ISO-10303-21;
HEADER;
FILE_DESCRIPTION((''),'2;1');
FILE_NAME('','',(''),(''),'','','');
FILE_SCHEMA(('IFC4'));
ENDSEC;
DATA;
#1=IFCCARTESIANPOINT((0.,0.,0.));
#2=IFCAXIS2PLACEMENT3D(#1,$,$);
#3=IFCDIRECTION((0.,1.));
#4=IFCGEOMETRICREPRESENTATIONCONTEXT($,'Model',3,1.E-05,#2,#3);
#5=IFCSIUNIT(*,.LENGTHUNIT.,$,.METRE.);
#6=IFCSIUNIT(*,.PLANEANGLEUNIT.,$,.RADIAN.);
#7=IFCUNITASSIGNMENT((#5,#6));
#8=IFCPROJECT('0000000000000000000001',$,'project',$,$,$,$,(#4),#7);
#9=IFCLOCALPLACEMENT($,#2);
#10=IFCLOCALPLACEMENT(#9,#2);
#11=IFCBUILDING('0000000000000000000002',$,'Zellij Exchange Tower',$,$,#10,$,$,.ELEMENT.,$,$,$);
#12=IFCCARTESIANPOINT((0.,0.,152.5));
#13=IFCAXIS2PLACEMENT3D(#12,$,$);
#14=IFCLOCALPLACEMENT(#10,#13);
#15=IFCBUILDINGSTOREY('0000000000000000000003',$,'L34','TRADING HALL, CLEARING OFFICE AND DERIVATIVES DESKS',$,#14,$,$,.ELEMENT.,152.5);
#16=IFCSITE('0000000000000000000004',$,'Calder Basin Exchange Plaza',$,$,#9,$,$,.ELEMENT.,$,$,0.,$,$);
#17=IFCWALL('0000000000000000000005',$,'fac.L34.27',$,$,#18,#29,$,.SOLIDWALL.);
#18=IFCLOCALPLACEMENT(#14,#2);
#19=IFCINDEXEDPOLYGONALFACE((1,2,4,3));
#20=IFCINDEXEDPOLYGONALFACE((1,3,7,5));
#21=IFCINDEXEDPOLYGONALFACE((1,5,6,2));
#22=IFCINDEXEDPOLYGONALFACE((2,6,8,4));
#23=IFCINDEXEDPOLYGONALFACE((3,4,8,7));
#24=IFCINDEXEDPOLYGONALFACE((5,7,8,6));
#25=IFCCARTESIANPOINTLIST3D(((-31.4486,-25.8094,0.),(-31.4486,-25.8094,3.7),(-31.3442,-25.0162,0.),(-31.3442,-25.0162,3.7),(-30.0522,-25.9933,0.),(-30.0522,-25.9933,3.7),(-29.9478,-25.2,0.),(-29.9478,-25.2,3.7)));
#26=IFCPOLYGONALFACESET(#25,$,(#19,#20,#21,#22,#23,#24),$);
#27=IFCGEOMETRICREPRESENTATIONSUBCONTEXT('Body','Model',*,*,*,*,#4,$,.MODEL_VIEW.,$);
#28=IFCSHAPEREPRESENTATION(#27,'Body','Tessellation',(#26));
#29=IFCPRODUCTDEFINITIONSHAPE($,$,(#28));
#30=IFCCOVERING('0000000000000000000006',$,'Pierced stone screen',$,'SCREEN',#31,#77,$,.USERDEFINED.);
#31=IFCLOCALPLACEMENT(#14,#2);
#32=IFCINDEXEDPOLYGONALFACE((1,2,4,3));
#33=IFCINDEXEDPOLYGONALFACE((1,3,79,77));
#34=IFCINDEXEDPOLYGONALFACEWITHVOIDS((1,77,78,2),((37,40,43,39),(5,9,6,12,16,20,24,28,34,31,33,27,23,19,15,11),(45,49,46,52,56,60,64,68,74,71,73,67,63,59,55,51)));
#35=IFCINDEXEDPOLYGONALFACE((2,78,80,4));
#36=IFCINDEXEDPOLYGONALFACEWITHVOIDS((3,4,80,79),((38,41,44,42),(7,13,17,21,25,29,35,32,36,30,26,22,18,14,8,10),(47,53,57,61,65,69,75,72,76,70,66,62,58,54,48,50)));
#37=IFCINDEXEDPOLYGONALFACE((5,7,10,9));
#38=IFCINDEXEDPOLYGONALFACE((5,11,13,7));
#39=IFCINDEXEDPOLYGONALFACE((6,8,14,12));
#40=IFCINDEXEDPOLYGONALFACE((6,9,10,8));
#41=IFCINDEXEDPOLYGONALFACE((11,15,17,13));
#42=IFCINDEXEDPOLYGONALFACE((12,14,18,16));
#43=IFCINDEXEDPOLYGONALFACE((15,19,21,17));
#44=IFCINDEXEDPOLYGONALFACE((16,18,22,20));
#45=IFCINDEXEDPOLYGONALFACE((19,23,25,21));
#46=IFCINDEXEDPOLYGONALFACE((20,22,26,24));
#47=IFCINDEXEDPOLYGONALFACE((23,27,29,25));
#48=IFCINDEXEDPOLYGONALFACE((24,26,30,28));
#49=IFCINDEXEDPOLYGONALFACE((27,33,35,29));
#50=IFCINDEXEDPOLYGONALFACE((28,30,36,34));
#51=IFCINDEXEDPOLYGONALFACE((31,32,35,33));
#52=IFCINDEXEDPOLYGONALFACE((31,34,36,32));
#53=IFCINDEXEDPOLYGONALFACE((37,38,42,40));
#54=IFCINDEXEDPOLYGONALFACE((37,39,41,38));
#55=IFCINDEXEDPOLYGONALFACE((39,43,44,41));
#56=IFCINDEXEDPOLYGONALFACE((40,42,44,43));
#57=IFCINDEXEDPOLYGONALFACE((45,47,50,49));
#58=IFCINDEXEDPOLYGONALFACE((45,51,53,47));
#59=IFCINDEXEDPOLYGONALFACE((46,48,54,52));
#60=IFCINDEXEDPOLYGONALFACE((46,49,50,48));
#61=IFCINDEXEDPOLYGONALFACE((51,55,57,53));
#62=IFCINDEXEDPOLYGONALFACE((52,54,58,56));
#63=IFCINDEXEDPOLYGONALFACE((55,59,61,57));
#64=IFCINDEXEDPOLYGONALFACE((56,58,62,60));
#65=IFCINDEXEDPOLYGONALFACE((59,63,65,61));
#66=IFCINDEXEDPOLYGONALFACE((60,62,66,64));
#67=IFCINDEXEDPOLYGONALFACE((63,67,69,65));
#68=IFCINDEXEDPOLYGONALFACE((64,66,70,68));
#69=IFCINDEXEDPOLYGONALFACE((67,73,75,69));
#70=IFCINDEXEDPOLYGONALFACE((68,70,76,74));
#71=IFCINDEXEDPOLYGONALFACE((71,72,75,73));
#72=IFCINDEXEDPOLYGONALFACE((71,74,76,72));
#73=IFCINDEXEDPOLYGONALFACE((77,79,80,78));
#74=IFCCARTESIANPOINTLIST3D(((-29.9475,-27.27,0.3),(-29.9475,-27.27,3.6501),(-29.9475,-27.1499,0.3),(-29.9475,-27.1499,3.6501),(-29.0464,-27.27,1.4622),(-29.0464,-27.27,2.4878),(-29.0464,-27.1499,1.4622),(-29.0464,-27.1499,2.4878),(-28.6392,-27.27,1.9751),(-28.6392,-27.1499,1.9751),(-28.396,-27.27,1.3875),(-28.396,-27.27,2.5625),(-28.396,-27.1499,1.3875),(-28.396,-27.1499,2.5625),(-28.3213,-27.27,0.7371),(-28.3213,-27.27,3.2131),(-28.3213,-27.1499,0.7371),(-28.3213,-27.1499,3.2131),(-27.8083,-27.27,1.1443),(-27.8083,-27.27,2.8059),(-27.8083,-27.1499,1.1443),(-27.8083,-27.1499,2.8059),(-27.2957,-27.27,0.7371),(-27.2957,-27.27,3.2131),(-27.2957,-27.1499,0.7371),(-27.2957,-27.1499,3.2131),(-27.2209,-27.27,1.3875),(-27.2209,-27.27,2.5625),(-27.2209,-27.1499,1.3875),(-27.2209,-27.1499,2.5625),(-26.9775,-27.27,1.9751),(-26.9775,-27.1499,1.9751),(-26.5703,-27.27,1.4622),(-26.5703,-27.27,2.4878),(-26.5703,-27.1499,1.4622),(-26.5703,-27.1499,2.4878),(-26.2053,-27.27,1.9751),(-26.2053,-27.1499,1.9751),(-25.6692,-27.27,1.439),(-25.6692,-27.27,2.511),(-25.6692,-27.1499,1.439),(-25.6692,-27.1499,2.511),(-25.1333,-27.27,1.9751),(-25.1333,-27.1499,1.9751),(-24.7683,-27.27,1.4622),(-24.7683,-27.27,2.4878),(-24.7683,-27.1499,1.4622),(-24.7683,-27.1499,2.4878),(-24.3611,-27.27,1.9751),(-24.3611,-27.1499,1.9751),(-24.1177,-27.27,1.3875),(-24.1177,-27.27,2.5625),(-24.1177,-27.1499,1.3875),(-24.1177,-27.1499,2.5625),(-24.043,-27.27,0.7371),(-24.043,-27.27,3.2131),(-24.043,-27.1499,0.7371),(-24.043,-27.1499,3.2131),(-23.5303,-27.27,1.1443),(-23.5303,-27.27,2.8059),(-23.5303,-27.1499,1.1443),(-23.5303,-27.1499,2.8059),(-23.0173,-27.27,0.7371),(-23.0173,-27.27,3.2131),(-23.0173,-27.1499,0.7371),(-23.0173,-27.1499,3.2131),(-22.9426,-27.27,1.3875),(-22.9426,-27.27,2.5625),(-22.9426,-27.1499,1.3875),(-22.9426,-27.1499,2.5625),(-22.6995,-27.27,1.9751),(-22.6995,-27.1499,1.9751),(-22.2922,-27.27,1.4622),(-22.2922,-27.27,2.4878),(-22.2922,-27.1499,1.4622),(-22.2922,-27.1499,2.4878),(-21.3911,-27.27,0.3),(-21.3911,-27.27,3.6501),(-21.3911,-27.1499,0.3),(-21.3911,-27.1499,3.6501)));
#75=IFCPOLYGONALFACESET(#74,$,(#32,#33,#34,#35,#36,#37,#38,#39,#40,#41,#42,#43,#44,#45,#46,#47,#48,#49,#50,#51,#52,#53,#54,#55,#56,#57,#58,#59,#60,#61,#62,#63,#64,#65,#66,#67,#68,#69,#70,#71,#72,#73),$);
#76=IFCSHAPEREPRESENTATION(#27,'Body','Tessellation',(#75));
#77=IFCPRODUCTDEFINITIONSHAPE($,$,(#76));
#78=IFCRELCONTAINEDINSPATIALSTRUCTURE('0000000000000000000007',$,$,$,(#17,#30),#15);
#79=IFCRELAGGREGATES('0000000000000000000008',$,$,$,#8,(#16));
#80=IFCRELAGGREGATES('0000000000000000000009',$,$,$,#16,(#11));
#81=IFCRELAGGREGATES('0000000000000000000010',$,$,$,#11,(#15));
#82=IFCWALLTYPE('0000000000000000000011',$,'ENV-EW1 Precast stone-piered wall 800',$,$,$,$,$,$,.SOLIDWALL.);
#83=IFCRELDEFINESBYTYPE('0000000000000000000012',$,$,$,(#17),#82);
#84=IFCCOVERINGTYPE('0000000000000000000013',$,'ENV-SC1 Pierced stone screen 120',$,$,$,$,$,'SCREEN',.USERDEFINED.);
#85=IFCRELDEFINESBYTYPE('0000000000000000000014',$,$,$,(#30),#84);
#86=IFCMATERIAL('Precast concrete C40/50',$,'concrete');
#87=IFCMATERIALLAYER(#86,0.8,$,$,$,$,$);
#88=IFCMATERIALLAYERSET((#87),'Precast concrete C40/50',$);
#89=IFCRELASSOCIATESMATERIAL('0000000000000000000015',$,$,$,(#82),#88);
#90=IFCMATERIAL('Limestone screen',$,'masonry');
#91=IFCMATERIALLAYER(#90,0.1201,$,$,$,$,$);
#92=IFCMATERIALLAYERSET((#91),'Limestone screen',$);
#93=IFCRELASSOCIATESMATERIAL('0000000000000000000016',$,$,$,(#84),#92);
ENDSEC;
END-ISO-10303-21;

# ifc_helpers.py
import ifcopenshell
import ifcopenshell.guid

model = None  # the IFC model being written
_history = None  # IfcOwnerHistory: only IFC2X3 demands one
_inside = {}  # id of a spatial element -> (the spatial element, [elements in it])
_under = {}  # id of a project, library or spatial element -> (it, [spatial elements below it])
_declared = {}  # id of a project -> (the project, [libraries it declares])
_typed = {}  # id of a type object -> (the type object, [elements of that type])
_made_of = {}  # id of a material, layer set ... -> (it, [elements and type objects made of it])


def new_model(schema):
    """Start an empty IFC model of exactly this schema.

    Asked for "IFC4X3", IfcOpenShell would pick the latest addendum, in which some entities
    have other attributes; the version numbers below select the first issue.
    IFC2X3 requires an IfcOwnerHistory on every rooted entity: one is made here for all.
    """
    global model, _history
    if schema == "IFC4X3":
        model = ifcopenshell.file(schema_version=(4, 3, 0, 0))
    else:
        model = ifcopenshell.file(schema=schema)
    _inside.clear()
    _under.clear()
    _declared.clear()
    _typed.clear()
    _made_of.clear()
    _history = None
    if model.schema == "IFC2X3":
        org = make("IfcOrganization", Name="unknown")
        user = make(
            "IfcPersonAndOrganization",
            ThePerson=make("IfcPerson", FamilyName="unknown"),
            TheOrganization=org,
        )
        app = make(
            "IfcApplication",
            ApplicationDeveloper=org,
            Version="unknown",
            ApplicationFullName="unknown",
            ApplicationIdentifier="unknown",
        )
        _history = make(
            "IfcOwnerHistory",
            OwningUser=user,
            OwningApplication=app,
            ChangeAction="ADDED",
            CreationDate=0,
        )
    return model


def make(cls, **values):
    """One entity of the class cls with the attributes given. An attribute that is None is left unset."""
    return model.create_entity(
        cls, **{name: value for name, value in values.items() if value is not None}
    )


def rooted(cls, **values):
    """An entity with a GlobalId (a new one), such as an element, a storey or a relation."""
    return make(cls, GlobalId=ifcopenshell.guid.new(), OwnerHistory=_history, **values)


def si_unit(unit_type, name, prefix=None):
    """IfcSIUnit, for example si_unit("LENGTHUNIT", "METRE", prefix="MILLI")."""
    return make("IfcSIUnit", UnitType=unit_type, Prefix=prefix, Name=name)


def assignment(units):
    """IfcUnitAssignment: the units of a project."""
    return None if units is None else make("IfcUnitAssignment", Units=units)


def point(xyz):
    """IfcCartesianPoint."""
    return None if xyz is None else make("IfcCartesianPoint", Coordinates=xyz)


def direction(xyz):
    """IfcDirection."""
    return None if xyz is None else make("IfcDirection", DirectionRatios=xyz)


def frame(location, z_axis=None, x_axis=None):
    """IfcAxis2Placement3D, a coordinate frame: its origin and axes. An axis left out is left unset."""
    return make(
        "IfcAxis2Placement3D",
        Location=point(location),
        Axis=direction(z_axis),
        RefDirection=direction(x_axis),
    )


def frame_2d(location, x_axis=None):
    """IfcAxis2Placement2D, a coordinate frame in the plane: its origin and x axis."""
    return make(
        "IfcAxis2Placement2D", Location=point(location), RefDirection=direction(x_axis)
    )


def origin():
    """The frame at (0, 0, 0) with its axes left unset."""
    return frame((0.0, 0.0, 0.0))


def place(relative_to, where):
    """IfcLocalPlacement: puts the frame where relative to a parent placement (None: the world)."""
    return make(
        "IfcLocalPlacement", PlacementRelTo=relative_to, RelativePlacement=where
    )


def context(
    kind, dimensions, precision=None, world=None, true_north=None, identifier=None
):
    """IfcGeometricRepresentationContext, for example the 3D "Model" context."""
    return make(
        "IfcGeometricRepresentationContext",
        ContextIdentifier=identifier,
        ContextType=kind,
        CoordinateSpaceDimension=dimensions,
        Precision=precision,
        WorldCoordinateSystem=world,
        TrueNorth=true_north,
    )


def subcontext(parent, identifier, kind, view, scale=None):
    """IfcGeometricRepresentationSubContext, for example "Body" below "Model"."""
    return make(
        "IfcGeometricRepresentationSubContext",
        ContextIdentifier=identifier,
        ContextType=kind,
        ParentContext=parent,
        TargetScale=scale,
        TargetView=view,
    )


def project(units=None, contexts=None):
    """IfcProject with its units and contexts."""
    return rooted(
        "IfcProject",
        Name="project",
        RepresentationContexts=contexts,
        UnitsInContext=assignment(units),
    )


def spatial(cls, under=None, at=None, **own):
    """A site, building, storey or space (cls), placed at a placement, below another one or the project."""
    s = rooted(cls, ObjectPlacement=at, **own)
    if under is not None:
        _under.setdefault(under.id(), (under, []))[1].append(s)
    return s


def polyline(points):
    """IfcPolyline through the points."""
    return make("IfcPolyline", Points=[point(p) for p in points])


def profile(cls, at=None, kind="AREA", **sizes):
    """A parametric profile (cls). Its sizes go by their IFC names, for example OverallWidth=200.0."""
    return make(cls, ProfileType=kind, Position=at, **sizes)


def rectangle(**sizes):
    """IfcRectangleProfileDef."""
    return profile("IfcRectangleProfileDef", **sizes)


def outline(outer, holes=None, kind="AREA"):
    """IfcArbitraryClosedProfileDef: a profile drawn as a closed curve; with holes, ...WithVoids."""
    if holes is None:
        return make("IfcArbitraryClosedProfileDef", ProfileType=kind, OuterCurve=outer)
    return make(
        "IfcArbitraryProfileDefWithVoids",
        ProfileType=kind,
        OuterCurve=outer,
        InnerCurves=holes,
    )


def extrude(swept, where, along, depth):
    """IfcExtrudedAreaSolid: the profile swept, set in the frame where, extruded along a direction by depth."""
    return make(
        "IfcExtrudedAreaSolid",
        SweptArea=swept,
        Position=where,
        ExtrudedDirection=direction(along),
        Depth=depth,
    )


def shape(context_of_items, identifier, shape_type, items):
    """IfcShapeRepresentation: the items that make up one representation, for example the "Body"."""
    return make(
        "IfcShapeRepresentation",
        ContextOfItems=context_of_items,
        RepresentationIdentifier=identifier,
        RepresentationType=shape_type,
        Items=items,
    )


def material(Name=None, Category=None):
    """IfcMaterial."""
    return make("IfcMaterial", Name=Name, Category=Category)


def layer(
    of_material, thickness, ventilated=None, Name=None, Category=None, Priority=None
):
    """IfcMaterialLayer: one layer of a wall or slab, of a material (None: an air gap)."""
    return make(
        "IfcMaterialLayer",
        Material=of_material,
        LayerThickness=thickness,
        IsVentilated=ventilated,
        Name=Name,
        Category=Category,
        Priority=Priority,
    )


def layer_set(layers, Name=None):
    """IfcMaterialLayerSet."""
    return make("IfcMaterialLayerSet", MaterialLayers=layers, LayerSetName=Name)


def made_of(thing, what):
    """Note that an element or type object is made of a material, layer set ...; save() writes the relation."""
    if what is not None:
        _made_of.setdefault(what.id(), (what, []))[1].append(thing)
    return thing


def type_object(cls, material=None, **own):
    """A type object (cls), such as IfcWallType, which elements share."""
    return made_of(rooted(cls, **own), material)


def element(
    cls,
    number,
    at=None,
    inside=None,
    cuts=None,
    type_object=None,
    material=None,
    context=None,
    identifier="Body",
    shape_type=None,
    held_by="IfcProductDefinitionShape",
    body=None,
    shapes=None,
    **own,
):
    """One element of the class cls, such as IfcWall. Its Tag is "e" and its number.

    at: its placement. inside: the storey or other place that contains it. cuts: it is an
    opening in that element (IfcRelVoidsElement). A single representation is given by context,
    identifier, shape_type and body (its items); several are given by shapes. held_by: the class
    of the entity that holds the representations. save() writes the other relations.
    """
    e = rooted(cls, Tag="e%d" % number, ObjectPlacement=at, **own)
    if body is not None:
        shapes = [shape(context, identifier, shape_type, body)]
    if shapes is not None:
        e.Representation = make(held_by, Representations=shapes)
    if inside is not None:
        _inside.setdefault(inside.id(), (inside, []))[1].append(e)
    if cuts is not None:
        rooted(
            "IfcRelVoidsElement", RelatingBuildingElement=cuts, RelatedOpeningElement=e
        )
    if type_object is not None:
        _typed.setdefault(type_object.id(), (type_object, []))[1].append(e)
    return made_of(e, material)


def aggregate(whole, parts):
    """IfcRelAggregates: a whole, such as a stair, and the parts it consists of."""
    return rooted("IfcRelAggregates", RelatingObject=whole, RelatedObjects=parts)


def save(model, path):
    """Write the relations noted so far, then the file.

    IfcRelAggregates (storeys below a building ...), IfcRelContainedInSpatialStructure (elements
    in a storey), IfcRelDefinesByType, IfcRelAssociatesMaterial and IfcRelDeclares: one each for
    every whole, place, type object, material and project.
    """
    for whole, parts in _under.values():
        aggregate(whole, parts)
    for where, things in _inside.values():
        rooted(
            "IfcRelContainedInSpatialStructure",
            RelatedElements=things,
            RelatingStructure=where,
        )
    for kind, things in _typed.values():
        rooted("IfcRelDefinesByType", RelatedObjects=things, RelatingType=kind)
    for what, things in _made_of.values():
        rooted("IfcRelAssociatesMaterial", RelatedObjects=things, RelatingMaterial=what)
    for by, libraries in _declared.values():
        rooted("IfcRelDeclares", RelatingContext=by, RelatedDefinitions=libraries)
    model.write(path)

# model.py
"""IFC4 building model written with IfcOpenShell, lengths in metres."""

from ifc_helpers import new_model, si_unit, direction, frame, frame_2d, origin, place, context, subcontext, project, spatial, polyline, rectangle, outline, extrude, material, layer, layer_set, type_object, element, save


model = new_model("IFC4")

# Units and contexts
model_context = context("Model", 3, precision=1e-05, world=origin(), true_north=direction((0.0, 1.0)))
body_context = subcontext(model_context, "Body", "Model", "MODEL_VIEW")
ifc_project = project(units=[si_unit("LENGTHUNIT", "METRE"), si_unit("PLANEANGLEUNIT", "RADIAN")], contexts=[model_context])

# Site, building, storey
site_placement = place(None, origin())
site = spatial("IfcSite", under=ifc_project, at=site_placement, Name="Calder Basin Exchange Plaza", CompositionType="ELEMENT", RefElevation=0.0)
building_placement = place(site_placement, origin())
building = spatial("IfcBuilding", under=site, at=building_placement, Name="Zellij Exchange Tower", CompositionType="ELEMENT")
storey_placement = place(building_placement, frame((0.0, 0.0, 152.5)))
storey = spatial("IfcBuildingStorey", under=building, at=storey_placement, Name="L34", Description="TRADING HALL, CLEARING OFFICE AND DERIVATIVES DESKS", CompositionType="ELEMENT", Elevation=152.5)

# Shared definitions
ifc_material_1 = material(Name="Precast concrete C40/50", Category="concrete")
ifc_layer_1 = layer(ifc_material_1, 0.8)
ifc_layer_set_1 = layer_set([ifc_layer_1], Name="Precast concrete C40/50")
wall_type = type_object("IfcWallType", Name="ENV-EW1 Precast stone-piered wall 800", PredefinedType="SOLIDWALL", material=ifc_layer_set_1)

# Wall
wall_1_placement = place(storey_placement, frame((-31.3962, -25.4128, 0.0), z_axis=(0.0, 0.0, 1.0), x_axis=(0.991446, -0.130517, 0.0)))
element("IfcWall", 1, at=wall_1_placement, inside=storey, type_object=wall_type, Name="fac.L34.27", PredefinedType="SOLIDWALL", context=body_context, shape_type="SweptSolid", body=[
    extrude(rectangle(XDim=1.4084, YDim=0.8, at=frame_2d((0.7041, 0.0))), origin(), (0.0, 0.0, 1.0), 3.7),
])

# Covering
ifc_material_2 = material(Name="Limestone screen", Category="masonry")
ifc_layer_2 = layer(ifc_material_2, 0.1201)
ifc_layer_set_2 = layer_set([ifc_layer_2], Name="Limestone screen")
covering_type = type_object("IfcCoveringType", Name="ENV-SC1 Pierced stone screen 120", ElementType="SCREEN", PredefinedType="USERDEFINED", material=ifc_layer_set_2)
covering_placement = place(storey_placement, frame((-29.9475, -27.21, 0.3), z_axis=(0.0, 0.0, 1.0), x_axis=(1.0, 0.0, 0.0)))
element("IfcCovering", 2, at=covering_placement, inside=storey, type_object=covering_type, Name="Pierced stone screen", ObjectType="SCREEN", PredefinedType="USERDEFINED", context=body_context, shape_type="SweptSolid", body=[
    extrude(outline(polyline([(0.0, 0.0), (8.5564, 0.0), (8.5564, 3.3501), (0.0, 3.3501), (0.0, 0.0)]), holes=[polyline([(3.3772, 2.1877), (2.7266, 2.2625), (2.6519, 2.9131), (2.1392, 2.5059), (1.6262, 2.9131), (1.5515, 2.2625), (0.9011, 2.1877), (1.3083, 1.675), (0.9011, 1.1621), (1.5515, 1.0874), (1.6262, 0.437), (2.1392, 0.8442), (2.6519, 0.437), (2.7266, 1.0874), (3.3772, 1.1621), (2.97, 1.675), (3.3772, 2.1877)]), polyline([(7.6553, 2.1877), (7.0049, 2.2625), (6.9302, 2.9131), (6.4172, 2.5059), (5.9045, 2.9131), (5.8298, 2.2625), (5.1792, 2.1877), (5.5864, 1.675), (5.1792, 1.1621), (5.8298, 1.0874), (5.9045, 0.437), (6.4172, 0.8442), (6.9302, 0.437), (7.0049, 1.0874), (7.6553, 1.1621), (7.248, 1.675), (7.6553, 2.1877)]), polyline([(4.8142, 1.675), (4.2783, 2.2109), (3.7422, 1.675), (4.2783, 1.1389), (4.8142, 1.675)])]), frame((0.0, 0.0601, 0.0), z_axis=(0.0, -1.0, 0.0), x_axis=(1.0, 0.0, 0.0)), (0.0, 0.0, 1.0), 0.1201),
])

save(model, "model.ifc")
